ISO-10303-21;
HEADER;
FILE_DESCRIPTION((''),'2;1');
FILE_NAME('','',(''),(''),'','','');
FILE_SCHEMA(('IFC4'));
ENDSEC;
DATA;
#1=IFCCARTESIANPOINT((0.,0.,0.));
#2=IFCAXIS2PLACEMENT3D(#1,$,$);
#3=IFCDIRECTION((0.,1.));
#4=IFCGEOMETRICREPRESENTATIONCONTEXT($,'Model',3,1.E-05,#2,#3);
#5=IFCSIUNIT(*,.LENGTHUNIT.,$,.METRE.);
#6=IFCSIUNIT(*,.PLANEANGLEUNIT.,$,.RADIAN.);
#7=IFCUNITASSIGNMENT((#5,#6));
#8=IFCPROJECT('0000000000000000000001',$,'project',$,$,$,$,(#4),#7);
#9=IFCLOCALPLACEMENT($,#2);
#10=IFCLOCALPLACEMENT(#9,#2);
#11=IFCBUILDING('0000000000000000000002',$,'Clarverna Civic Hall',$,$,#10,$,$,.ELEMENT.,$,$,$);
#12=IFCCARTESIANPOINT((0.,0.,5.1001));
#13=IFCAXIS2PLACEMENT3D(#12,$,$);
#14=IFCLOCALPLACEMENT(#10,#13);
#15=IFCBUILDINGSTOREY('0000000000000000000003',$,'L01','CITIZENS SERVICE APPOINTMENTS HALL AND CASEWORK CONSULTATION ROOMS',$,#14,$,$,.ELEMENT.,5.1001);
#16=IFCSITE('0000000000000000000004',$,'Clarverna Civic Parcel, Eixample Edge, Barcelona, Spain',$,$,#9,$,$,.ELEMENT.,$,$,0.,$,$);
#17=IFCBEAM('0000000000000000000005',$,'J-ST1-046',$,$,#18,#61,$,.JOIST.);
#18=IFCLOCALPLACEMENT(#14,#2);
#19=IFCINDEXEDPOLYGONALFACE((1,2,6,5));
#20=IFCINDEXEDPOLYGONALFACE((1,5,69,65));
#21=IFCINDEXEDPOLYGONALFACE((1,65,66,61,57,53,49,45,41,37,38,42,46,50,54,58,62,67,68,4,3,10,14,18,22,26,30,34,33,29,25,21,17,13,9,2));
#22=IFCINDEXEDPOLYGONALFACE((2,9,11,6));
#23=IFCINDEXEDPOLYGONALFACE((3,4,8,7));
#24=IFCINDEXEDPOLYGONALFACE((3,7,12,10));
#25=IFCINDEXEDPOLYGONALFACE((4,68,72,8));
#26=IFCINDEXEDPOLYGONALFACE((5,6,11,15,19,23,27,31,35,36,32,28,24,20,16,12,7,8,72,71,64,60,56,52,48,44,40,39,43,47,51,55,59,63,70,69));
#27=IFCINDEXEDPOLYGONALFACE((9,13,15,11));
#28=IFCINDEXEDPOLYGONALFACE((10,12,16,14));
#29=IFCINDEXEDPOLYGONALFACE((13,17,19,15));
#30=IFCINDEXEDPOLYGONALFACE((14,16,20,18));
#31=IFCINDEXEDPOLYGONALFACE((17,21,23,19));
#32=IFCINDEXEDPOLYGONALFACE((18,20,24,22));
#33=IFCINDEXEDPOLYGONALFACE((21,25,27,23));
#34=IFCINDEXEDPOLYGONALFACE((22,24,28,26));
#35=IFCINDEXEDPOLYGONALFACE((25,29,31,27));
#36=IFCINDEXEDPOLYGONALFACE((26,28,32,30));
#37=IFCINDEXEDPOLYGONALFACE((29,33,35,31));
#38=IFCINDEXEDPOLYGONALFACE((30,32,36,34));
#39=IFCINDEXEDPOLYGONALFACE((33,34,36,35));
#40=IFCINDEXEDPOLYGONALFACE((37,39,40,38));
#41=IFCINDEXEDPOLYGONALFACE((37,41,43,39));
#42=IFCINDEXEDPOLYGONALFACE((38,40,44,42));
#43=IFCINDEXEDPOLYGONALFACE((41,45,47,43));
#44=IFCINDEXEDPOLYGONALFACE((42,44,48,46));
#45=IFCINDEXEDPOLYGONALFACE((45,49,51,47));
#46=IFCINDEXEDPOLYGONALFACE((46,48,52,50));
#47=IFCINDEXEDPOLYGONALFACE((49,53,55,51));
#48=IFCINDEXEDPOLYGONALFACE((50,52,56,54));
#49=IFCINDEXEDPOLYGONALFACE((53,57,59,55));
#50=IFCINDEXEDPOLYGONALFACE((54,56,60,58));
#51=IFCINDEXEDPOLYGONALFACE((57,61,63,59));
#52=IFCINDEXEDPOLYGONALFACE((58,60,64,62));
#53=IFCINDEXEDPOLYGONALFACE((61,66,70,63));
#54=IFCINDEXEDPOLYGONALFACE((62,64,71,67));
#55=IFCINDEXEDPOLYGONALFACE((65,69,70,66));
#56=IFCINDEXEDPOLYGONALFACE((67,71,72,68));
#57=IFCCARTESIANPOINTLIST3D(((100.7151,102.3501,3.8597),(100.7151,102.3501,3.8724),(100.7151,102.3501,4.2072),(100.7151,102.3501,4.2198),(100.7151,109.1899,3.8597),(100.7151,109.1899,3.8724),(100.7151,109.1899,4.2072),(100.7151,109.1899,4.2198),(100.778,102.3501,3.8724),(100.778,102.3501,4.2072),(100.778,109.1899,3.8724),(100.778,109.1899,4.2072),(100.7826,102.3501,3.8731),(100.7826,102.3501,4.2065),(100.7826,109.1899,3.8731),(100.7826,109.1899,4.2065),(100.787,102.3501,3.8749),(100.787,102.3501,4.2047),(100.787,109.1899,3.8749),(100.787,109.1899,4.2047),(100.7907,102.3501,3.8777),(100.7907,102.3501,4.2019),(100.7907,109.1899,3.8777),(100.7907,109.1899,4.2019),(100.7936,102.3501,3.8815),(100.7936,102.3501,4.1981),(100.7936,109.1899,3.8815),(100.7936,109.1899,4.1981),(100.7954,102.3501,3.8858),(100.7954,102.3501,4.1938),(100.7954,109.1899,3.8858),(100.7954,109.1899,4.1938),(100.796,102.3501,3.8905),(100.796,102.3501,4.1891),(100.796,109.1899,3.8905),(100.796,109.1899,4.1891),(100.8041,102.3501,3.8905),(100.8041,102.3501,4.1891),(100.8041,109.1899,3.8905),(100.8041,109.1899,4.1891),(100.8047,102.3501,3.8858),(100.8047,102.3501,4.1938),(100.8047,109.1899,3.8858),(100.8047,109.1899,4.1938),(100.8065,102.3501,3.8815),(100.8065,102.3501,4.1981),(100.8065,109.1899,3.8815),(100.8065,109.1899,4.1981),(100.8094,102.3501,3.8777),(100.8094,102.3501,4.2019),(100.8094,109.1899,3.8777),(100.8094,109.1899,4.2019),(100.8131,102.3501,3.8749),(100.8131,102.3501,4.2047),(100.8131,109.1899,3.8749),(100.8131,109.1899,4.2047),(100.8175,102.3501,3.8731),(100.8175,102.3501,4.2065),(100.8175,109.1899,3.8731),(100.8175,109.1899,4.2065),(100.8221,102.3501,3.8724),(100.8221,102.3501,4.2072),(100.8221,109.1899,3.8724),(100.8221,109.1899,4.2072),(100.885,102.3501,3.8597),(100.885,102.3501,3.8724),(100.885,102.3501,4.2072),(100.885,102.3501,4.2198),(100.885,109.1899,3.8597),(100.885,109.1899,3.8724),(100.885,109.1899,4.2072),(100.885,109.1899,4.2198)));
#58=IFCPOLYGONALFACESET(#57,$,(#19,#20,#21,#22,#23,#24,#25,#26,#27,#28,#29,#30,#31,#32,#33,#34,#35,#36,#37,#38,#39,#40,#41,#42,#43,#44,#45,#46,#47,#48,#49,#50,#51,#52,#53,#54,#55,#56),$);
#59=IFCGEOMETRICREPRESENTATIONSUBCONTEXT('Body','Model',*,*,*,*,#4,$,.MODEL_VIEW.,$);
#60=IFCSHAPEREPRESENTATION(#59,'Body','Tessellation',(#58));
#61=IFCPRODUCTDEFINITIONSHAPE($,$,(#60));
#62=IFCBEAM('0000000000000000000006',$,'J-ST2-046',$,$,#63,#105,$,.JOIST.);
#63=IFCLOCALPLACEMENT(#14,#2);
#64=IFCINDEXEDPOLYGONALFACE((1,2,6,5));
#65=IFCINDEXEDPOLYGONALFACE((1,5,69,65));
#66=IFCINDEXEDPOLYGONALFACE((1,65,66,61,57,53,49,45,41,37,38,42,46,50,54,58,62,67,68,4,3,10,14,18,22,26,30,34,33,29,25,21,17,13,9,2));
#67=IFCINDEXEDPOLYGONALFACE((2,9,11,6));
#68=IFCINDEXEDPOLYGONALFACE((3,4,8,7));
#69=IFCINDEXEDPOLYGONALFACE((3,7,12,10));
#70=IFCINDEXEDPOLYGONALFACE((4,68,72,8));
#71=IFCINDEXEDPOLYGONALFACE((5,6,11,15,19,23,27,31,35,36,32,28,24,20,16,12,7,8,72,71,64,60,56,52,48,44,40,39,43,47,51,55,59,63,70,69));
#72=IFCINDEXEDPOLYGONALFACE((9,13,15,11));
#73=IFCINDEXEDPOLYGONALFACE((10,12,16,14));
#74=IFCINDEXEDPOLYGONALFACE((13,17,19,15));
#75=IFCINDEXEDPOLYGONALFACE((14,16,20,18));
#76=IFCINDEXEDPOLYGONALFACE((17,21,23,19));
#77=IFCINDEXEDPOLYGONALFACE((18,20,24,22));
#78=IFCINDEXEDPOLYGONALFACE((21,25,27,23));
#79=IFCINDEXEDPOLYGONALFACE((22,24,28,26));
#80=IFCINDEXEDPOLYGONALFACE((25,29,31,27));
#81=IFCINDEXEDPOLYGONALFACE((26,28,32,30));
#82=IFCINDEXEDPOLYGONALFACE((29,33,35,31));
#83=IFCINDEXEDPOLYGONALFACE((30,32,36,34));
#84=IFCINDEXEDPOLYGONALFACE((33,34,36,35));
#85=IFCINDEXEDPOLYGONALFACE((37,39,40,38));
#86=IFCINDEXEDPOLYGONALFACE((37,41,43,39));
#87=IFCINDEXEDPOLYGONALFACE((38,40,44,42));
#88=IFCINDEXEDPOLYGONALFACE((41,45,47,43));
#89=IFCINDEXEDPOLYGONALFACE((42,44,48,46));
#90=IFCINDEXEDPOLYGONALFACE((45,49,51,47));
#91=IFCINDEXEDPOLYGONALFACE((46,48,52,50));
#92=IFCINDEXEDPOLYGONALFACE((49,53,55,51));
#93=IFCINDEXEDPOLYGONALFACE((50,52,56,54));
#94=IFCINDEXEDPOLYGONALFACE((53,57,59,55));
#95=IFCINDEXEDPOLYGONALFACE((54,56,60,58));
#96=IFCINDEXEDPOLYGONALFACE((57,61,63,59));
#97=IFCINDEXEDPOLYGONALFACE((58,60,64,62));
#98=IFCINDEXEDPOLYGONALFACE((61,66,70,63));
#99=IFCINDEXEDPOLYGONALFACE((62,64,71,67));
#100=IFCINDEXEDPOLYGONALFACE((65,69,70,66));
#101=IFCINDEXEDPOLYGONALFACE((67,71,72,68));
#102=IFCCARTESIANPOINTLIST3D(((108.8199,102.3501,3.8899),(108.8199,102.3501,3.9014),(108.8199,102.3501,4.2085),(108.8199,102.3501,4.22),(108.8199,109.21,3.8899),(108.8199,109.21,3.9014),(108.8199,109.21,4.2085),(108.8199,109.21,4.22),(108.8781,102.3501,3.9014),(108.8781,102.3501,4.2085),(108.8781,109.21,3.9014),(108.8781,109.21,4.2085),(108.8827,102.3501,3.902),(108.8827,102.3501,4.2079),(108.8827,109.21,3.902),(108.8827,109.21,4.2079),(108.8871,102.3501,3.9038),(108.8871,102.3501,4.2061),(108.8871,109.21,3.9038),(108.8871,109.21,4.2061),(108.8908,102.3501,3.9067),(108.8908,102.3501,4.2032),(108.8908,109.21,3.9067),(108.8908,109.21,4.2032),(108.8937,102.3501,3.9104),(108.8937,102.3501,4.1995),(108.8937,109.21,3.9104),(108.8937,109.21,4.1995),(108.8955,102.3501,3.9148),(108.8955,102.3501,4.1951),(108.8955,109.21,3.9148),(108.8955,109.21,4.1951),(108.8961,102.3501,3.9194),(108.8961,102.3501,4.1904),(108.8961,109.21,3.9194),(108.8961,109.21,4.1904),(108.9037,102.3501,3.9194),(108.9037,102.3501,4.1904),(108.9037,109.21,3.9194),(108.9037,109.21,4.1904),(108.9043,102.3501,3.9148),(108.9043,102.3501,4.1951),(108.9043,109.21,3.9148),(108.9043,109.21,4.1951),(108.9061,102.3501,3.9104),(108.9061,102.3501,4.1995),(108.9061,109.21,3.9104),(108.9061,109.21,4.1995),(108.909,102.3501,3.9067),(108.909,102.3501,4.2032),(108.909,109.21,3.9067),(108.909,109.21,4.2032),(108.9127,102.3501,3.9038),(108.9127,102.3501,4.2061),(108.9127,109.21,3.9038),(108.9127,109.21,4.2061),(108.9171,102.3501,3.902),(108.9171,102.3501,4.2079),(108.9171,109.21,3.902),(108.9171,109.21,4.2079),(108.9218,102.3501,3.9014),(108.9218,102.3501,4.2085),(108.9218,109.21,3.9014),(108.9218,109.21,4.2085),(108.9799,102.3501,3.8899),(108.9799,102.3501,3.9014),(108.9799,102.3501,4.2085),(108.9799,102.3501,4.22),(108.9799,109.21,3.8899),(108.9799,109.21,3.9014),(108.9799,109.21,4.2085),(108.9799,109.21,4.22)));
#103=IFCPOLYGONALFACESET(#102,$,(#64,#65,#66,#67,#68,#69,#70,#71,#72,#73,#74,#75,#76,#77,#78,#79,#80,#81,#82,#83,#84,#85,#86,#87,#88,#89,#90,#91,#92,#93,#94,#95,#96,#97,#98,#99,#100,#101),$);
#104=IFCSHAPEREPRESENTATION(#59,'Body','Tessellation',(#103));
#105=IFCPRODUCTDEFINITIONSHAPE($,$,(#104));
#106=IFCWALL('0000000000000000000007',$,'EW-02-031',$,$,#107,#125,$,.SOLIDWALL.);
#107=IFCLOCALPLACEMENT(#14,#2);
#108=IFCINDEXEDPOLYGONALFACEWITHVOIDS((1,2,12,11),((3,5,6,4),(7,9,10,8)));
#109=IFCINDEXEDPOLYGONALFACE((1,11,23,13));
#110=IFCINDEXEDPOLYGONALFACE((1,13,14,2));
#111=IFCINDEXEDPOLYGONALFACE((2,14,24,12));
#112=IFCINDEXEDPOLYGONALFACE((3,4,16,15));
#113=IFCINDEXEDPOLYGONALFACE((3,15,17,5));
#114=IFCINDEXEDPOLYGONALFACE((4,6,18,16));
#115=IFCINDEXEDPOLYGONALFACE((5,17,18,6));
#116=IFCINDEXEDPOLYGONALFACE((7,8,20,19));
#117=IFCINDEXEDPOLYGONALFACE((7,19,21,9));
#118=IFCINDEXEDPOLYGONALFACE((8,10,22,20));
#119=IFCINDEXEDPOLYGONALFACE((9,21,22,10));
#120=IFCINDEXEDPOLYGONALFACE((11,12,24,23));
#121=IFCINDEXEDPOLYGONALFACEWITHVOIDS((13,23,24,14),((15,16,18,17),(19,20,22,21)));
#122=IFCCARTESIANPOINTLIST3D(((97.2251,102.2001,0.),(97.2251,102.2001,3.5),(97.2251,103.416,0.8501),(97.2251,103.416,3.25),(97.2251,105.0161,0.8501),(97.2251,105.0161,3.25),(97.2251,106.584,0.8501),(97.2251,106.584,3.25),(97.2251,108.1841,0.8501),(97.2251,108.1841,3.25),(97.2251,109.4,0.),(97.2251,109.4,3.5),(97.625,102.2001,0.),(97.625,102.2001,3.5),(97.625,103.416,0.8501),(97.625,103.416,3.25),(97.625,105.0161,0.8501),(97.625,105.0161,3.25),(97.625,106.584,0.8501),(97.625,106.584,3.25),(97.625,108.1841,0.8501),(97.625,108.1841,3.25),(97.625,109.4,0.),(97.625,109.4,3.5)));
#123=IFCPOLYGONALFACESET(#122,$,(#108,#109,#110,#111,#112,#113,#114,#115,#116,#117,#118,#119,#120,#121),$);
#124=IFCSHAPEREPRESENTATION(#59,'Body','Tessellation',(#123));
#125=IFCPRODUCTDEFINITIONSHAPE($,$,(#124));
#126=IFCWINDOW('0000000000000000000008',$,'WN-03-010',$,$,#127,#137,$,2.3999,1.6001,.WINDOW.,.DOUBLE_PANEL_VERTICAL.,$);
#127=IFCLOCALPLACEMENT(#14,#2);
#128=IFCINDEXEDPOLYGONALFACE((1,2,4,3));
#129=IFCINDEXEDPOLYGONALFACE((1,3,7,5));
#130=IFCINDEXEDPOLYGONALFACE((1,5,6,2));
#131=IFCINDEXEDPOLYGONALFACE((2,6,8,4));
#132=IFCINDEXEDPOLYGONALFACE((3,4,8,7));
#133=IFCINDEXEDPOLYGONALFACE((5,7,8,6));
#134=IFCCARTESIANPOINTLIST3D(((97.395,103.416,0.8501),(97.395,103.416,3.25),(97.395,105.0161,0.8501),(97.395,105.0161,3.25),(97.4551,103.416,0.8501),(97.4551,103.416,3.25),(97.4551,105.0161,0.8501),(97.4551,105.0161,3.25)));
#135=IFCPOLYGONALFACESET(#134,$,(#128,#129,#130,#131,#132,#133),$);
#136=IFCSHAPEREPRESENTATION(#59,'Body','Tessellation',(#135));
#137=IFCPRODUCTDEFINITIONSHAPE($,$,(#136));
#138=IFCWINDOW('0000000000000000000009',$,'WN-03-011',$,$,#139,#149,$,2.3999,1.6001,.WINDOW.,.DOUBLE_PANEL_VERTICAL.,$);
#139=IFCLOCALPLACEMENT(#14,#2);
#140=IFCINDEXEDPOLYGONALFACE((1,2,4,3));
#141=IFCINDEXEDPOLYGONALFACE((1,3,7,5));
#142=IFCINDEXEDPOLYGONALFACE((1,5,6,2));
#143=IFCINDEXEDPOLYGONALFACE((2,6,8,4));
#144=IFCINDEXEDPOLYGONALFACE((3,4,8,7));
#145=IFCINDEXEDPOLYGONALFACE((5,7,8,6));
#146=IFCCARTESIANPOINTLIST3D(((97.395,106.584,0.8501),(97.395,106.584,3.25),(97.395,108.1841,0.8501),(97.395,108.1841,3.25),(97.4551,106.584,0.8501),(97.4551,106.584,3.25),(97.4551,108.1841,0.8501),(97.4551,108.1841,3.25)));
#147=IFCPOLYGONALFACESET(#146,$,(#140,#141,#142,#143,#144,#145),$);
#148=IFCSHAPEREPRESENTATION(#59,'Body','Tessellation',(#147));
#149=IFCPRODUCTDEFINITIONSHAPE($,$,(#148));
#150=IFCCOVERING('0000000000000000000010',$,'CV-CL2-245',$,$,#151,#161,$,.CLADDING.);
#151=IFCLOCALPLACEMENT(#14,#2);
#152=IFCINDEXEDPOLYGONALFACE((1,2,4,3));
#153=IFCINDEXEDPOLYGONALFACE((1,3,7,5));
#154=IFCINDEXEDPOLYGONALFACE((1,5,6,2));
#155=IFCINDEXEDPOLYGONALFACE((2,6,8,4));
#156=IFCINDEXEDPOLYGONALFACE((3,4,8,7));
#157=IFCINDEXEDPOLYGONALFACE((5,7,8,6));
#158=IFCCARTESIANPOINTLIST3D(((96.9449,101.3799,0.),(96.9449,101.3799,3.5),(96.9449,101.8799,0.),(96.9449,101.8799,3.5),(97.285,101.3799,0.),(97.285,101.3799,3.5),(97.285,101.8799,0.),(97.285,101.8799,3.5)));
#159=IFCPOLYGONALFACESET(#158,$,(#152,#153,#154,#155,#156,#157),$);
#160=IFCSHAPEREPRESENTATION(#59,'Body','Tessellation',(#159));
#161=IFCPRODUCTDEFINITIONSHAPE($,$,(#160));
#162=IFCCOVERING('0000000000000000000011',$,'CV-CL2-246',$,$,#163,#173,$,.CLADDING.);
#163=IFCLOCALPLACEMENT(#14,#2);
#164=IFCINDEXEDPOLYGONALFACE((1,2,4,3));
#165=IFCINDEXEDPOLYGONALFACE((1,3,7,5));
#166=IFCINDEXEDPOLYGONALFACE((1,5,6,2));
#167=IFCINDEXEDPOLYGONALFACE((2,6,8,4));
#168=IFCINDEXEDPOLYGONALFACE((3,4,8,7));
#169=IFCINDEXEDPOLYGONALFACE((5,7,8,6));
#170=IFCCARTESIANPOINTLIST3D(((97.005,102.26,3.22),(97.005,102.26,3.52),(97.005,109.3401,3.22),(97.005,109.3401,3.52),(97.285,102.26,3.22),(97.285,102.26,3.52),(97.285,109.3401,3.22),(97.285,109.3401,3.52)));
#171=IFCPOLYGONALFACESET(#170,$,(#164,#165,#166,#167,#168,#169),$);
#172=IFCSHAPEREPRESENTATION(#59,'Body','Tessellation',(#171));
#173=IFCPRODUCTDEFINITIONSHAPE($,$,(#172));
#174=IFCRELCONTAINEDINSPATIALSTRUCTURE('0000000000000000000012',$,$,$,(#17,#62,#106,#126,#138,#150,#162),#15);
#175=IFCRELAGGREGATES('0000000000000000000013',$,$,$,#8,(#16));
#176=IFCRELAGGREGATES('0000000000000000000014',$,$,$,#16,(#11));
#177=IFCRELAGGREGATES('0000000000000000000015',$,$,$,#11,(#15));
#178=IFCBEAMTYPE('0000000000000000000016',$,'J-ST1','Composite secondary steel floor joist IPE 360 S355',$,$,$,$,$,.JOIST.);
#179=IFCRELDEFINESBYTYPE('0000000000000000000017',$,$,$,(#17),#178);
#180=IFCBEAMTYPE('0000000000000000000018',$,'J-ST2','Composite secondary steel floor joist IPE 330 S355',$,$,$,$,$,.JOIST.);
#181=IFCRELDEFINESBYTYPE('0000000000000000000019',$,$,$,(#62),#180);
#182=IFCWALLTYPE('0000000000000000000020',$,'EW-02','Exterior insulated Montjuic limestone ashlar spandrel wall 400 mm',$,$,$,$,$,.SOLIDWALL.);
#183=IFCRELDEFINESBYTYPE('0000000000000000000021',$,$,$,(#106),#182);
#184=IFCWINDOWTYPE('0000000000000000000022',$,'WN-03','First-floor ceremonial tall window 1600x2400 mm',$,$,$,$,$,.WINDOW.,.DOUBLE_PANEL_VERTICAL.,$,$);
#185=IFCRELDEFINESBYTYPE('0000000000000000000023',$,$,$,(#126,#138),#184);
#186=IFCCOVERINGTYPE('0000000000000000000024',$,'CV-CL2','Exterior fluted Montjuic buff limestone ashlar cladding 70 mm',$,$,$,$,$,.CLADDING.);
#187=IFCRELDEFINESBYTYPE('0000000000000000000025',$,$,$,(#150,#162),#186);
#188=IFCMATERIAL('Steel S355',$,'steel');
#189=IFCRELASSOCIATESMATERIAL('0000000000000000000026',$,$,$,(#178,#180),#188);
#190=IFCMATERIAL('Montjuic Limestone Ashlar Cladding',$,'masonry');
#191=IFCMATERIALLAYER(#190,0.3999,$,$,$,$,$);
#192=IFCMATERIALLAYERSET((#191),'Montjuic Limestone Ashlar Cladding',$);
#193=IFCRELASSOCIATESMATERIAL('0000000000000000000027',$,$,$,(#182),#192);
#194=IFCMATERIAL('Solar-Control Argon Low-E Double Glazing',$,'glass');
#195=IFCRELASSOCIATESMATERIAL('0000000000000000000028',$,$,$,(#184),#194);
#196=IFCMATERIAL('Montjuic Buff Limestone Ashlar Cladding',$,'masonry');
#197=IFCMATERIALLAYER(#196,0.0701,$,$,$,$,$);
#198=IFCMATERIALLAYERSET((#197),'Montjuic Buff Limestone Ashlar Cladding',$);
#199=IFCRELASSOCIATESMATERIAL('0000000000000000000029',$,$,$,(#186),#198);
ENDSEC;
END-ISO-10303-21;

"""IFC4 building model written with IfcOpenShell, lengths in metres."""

from ifc_helpers import new_model, si_unit, direction, frame, frame_2d, origin, origin_2d, place, context, subcontext, project, spatial, rectangle, i_section, extrude, material, layer, layer_set, material_profile, profile_set, type_object, element, fill, save


model = new_model("IFC4")

# Units and contexts
model_context = context("Model", 3, precision=1e-05, world=origin(), true_north=direction((0.0, 1.0)))
body_context = subcontext(model_context, "Body", "Model", "MODEL_VIEW")
ifc_project = project(units=[si_unit("LENGTHUNIT", "METRE"), si_unit("PLANEANGLEUNIT", "RADIAN")], contexts=[model_context])

# Site, building, storey
site_placement = place(None, origin())
site = spatial("IfcSite", under=ifc_project, at=site_placement, Name="Clarverna Civic Parcel, Eixample Edge, Barcelona, Spain", CompositionType="ELEMENT", RefElevation=0.0)
building_placement = place(site_placement, origin())
building = spatial("IfcBuilding", under=site, at=building_placement, Name="Clarverna Civic Hall", CompositionType="ELEMENT")
storey_placement = place(building_placement, frame((0.0, 0.0, 5.1001)))
storey = spatial("IfcBuildingStorey", under=building, at=storey_placement, Name="L01", Description="CITIZENS SERVICE APPOINTMENTS HALL AND CASEWORK CONSULTATION ROOMS", CompositionType="ELEMENT", Elevation=5.1001)

# Beams
ifc_material_1 = material(Name="Steel S355", Category="steel")
ifc_material_profile_1 = material_profile(ifc_material_1, i_section(OverallWidth=0.1699, OverallDepth=0.3601, WebThickness=0.0081, FlangeThickness=0.0127, FilletRadius=0.0181, at=origin_2d()), Name="IPE 360")
ifc_profile_set_1 = profile_set([ifc_material_profile_1], Name="Steel S355")
beam_type_1 = type_object("IfcBeamType", Name="J-ST1", Description="Composite secondary steel floor joist IPE 360 S355", PredefinedType="JOIST", material=ifc_profile_set_1)
beam_1_placement = place(storey_placement, frame((100.8, 102.3501, 4.0398), z_axis=(0.0, 1.0, 0.0), x_axis=(-1.0, 0.0, 0.0)))
element("IfcBeam", 1, at=beam_1_placement, inside=storey, type_object=beam_type_1, Name="J-ST1-046", PredefinedType="JOIST", context=body_context, shape_type="SweptSolid", body=[
    extrude(i_section(OverallWidth=0.1699, OverallDepth=0.3601, WebThickness=0.0081, FlangeThickness=0.0127, FilletRadius=0.0181, at=origin_2d()), origin(), (0.0, 0.0, 1.0), 6.8398),
])
ifc_material_profile_2 = material_profile(ifc_material_1, i_section(OverallWidth=0.1599, OverallDepth=0.3301, WebThickness=0.0076, FlangeThickness=0.0115, FilletRadius=0.0181, at=origin_2d()), Name="IPE 330")
ifc_profile_set_2 = profile_set([ifc_material_profile_2], Name="Steel S355")
beam_type_2 = type_object("IfcBeamType", Name="J-ST2", Description="Composite secondary steel floor joist IPE 330 S355", PredefinedType="JOIST", material=ifc_profile_set_2)
beam_2_placement = place(storey_placement, frame((108.8999, 102.3501, 4.0549), z_axis=(0.0, 1.0, 0.0), x_axis=(-1.0, 0.0, 0.0)))
element("IfcBeam", 2, at=beam_2_placement, inside=storey, type_object=beam_type_2, Name="J-ST2-046", PredefinedType="JOIST", context=body_context, shape_type="SweptSolid", body=[
    extrude(i_section(OverallWidth=0.1599, OverallDepth=0.3301, WebThickness=0.0076, FlangeThickness=0.0115, FilletRadius=0.0181, at=origin_2d()), origin(), (0.0, 0.0, 1.0), 6.8599),
])

# Wall, openings, windows
ifc_material_2 = material(Name="Montjuic Limestone Ashlar Cladding", Category="masonry")
ifc_layer_1 = layer(ifc_material_2, 0.3999)
ifc_layer_set_1 = layer_set([ifc_layer_1], Name="Montjuic Limestone Ashlar Cladding")
wall_type = type_object("IfcWallType", Name="EW-02", Description="Exterior insulated Montjuic limestone ashlar spandrel wall 400 mm", PredefinedType="SOLIDWALL", material=ifc_layer_set_1)
wall_placement = place(storey_placement, frame((97.425, 102.2, 0.0), z_axis=(0.0, 0.0, 1.0), x_axis=(0.0, 1.0, 0.0)))
wall = element("IfcWall", 3, at=wall_placement, inside=storey, type_object=wall_type, Name="EW-02-031", PredefinedType="SOLIDWALL", context=body_context, shape_type="SweptSolid", body=[
    extrude(rectangle(XDim=7.2, YDim=0.3999, at=frame_2d((3.6001, 0.0))), origin(), (0.0, 0.0, 1.0), 3.5),
])
opening_1_placement = place(wall_placement, frame((1.2161, 0.0, 0.8501)))
opening_1 = element("IfcOpeningElement", 4, at=opening_1_placement, cuts=wall, PredefinedType="OPENING", context=body_context, shape_type="SweptSolid", body=[
    extrude(rectangle(XDim=1.6001, YDim=2.3999, at=frame_2d((0.8, 1.2))), frame((0.0, 0.21, 0.0), z_axis=(0.0, -1.0, 0.0), x_axis=(1.0, 0.0, 0.0)), (0.0, 0.0, 1.0), 0.4199),
])
opening_2_placement = place(wall_placement, frame((4.384, 0.0, 0.8501)))
opening_2 = element("IfcOpeningElement", 5, at=opening_2_placement, cuts=wall, PredefinedType="OPENING", context=body_context, shape_type="SweptSolid", body=[
    extrude(rectangle(XDim=1.6001, YDim=2.3999, at=frame_2d((0.8, 1.2))), frame((0.0, 0.21, 0.0), z_axis=(0.0, -1.0, 0.0), x_axis=(1.0, 0.0, 0.0)), (0.0, 0.0, 1.0), 0.4199),
])
ifc_material_3 = material(Name="Solar-Control Argon Low-E Double Glazing", Category="glass")
window_type = type_object("IfcWindowType", Name="WN-03", Description="First-floor ceremonial tall window 1600x2400 mm", PartitioningType="DOUBLE_PANEL_VERTICAL", PredefinedType="WINDOW", material=ifc_material_3)
window_1_placement = place(opening_1_placement, origin())
window_1 = element("IfcWindow", 6, at=window_1_placement, inside=storey, type_object=window_type, Name="WN-03-010", OverallHeight=2.3999, OverallWidth=1.6001, PartitioningType="DOUBLE_PANEL_VERTICAL", PredefinedType="WINDOW", context=body_context, shape_type="SweptSolid", body=[
    extrude(rectangle(XDim=1.6001, YDim=2.3999, at=frame_2d((0.8, 1.2))), frame((0.0, 0.03, 0.0), z_axis=(0.0, -1.0, 0.0), x_axis=(1.0, 0.0, 0.0)), (0.0, 0.0, 1.0), 0.0601),
])
fill(opening_1, window_1)
window_2_placement = place(opening_2_placement, origin())
window_2 = element("IfcWindow", 7, at=window_2_placement, inside=storey, type_object=window_type, Name="WN-03-011", OverallHeight=2.3999, OverallWidth=1.6001, PartitioningType="DOUBLE_PANEL_VERTICAL", PredefinedType="WINDOW", context=body_context, shape_type="SweptSolid", body=[
    extrude(rectangle(XDim=1.6001, YDim=2.3999, at=frame_2d((0.8, 1.2))), frame((0.0, 0.03, 0.0), z_axis=(0.0, -1.0, 0.0), x_axis=(1.0, 0.0, 0.0)), (0.0, 0.0, 1.0), 0.0601),
])
fill(opening_2, window_2)

# Coverings
ifc_material_4 = material(Name="Montjuic Buff Limestone Ashlar Cladding", Category="masonry")
ifc_layer_2 = layer(ifc_material_4, 0.0701)
ifc_layer_set_2 = layer_set([ifc_layer_2], Name="Montjuic Buff Limestone Ashlar Cladding")
covering_type = type_object("IfcCoveringType", Name="CV-CL2", Description="Exterior fluted Montjuic buff limestone ashlar cladding 70 mm", PredefinedType="CLADDING", material=ifc_layer_set_2)
covering_1_placement = place(storey_placement, frame((97.115, 101.3799, 0.0), z_axis=(0.0, 0.0, 1.0), x_axis=(0.0, 1.0, 0.0)))
element("IfcCovering", 8, at=covering_1_placement, inside=storey, type_object=covering_type, Name="CV-CL2-245", PredefinedType="CLADDING", context=body_context, shape_type="SweptSolid", body=[
    extrude(rectangle(XDim=0.5, YDim=0.3401, at=frame_2d((0.25, 0.0))), origin(), (0.0, 0.0, 1.0), 3.5),
])
covering_2_placement = place(storey_placement, frame((97.145, 102.26, 3.22), z_axis=(0.0, 0.0, 1.0), x_axis=(0.0, 1.0, 0.0)))
element("IfcCovering", 9, at=covering_2_placement, inside=storey, type_object=covering_type, Name="CV-CL2-246", PredefinedType="CLADDING", context=body_context, shape_type="SweptSolid", body=[
    extrude(rectangle(XDim=7.0801, YDim=0.28, at=frame_2d((3.54, 0.0))), origin(), (0.0, 0.0, 1.0), 0.3),
])

save(model, "model.ifc")
